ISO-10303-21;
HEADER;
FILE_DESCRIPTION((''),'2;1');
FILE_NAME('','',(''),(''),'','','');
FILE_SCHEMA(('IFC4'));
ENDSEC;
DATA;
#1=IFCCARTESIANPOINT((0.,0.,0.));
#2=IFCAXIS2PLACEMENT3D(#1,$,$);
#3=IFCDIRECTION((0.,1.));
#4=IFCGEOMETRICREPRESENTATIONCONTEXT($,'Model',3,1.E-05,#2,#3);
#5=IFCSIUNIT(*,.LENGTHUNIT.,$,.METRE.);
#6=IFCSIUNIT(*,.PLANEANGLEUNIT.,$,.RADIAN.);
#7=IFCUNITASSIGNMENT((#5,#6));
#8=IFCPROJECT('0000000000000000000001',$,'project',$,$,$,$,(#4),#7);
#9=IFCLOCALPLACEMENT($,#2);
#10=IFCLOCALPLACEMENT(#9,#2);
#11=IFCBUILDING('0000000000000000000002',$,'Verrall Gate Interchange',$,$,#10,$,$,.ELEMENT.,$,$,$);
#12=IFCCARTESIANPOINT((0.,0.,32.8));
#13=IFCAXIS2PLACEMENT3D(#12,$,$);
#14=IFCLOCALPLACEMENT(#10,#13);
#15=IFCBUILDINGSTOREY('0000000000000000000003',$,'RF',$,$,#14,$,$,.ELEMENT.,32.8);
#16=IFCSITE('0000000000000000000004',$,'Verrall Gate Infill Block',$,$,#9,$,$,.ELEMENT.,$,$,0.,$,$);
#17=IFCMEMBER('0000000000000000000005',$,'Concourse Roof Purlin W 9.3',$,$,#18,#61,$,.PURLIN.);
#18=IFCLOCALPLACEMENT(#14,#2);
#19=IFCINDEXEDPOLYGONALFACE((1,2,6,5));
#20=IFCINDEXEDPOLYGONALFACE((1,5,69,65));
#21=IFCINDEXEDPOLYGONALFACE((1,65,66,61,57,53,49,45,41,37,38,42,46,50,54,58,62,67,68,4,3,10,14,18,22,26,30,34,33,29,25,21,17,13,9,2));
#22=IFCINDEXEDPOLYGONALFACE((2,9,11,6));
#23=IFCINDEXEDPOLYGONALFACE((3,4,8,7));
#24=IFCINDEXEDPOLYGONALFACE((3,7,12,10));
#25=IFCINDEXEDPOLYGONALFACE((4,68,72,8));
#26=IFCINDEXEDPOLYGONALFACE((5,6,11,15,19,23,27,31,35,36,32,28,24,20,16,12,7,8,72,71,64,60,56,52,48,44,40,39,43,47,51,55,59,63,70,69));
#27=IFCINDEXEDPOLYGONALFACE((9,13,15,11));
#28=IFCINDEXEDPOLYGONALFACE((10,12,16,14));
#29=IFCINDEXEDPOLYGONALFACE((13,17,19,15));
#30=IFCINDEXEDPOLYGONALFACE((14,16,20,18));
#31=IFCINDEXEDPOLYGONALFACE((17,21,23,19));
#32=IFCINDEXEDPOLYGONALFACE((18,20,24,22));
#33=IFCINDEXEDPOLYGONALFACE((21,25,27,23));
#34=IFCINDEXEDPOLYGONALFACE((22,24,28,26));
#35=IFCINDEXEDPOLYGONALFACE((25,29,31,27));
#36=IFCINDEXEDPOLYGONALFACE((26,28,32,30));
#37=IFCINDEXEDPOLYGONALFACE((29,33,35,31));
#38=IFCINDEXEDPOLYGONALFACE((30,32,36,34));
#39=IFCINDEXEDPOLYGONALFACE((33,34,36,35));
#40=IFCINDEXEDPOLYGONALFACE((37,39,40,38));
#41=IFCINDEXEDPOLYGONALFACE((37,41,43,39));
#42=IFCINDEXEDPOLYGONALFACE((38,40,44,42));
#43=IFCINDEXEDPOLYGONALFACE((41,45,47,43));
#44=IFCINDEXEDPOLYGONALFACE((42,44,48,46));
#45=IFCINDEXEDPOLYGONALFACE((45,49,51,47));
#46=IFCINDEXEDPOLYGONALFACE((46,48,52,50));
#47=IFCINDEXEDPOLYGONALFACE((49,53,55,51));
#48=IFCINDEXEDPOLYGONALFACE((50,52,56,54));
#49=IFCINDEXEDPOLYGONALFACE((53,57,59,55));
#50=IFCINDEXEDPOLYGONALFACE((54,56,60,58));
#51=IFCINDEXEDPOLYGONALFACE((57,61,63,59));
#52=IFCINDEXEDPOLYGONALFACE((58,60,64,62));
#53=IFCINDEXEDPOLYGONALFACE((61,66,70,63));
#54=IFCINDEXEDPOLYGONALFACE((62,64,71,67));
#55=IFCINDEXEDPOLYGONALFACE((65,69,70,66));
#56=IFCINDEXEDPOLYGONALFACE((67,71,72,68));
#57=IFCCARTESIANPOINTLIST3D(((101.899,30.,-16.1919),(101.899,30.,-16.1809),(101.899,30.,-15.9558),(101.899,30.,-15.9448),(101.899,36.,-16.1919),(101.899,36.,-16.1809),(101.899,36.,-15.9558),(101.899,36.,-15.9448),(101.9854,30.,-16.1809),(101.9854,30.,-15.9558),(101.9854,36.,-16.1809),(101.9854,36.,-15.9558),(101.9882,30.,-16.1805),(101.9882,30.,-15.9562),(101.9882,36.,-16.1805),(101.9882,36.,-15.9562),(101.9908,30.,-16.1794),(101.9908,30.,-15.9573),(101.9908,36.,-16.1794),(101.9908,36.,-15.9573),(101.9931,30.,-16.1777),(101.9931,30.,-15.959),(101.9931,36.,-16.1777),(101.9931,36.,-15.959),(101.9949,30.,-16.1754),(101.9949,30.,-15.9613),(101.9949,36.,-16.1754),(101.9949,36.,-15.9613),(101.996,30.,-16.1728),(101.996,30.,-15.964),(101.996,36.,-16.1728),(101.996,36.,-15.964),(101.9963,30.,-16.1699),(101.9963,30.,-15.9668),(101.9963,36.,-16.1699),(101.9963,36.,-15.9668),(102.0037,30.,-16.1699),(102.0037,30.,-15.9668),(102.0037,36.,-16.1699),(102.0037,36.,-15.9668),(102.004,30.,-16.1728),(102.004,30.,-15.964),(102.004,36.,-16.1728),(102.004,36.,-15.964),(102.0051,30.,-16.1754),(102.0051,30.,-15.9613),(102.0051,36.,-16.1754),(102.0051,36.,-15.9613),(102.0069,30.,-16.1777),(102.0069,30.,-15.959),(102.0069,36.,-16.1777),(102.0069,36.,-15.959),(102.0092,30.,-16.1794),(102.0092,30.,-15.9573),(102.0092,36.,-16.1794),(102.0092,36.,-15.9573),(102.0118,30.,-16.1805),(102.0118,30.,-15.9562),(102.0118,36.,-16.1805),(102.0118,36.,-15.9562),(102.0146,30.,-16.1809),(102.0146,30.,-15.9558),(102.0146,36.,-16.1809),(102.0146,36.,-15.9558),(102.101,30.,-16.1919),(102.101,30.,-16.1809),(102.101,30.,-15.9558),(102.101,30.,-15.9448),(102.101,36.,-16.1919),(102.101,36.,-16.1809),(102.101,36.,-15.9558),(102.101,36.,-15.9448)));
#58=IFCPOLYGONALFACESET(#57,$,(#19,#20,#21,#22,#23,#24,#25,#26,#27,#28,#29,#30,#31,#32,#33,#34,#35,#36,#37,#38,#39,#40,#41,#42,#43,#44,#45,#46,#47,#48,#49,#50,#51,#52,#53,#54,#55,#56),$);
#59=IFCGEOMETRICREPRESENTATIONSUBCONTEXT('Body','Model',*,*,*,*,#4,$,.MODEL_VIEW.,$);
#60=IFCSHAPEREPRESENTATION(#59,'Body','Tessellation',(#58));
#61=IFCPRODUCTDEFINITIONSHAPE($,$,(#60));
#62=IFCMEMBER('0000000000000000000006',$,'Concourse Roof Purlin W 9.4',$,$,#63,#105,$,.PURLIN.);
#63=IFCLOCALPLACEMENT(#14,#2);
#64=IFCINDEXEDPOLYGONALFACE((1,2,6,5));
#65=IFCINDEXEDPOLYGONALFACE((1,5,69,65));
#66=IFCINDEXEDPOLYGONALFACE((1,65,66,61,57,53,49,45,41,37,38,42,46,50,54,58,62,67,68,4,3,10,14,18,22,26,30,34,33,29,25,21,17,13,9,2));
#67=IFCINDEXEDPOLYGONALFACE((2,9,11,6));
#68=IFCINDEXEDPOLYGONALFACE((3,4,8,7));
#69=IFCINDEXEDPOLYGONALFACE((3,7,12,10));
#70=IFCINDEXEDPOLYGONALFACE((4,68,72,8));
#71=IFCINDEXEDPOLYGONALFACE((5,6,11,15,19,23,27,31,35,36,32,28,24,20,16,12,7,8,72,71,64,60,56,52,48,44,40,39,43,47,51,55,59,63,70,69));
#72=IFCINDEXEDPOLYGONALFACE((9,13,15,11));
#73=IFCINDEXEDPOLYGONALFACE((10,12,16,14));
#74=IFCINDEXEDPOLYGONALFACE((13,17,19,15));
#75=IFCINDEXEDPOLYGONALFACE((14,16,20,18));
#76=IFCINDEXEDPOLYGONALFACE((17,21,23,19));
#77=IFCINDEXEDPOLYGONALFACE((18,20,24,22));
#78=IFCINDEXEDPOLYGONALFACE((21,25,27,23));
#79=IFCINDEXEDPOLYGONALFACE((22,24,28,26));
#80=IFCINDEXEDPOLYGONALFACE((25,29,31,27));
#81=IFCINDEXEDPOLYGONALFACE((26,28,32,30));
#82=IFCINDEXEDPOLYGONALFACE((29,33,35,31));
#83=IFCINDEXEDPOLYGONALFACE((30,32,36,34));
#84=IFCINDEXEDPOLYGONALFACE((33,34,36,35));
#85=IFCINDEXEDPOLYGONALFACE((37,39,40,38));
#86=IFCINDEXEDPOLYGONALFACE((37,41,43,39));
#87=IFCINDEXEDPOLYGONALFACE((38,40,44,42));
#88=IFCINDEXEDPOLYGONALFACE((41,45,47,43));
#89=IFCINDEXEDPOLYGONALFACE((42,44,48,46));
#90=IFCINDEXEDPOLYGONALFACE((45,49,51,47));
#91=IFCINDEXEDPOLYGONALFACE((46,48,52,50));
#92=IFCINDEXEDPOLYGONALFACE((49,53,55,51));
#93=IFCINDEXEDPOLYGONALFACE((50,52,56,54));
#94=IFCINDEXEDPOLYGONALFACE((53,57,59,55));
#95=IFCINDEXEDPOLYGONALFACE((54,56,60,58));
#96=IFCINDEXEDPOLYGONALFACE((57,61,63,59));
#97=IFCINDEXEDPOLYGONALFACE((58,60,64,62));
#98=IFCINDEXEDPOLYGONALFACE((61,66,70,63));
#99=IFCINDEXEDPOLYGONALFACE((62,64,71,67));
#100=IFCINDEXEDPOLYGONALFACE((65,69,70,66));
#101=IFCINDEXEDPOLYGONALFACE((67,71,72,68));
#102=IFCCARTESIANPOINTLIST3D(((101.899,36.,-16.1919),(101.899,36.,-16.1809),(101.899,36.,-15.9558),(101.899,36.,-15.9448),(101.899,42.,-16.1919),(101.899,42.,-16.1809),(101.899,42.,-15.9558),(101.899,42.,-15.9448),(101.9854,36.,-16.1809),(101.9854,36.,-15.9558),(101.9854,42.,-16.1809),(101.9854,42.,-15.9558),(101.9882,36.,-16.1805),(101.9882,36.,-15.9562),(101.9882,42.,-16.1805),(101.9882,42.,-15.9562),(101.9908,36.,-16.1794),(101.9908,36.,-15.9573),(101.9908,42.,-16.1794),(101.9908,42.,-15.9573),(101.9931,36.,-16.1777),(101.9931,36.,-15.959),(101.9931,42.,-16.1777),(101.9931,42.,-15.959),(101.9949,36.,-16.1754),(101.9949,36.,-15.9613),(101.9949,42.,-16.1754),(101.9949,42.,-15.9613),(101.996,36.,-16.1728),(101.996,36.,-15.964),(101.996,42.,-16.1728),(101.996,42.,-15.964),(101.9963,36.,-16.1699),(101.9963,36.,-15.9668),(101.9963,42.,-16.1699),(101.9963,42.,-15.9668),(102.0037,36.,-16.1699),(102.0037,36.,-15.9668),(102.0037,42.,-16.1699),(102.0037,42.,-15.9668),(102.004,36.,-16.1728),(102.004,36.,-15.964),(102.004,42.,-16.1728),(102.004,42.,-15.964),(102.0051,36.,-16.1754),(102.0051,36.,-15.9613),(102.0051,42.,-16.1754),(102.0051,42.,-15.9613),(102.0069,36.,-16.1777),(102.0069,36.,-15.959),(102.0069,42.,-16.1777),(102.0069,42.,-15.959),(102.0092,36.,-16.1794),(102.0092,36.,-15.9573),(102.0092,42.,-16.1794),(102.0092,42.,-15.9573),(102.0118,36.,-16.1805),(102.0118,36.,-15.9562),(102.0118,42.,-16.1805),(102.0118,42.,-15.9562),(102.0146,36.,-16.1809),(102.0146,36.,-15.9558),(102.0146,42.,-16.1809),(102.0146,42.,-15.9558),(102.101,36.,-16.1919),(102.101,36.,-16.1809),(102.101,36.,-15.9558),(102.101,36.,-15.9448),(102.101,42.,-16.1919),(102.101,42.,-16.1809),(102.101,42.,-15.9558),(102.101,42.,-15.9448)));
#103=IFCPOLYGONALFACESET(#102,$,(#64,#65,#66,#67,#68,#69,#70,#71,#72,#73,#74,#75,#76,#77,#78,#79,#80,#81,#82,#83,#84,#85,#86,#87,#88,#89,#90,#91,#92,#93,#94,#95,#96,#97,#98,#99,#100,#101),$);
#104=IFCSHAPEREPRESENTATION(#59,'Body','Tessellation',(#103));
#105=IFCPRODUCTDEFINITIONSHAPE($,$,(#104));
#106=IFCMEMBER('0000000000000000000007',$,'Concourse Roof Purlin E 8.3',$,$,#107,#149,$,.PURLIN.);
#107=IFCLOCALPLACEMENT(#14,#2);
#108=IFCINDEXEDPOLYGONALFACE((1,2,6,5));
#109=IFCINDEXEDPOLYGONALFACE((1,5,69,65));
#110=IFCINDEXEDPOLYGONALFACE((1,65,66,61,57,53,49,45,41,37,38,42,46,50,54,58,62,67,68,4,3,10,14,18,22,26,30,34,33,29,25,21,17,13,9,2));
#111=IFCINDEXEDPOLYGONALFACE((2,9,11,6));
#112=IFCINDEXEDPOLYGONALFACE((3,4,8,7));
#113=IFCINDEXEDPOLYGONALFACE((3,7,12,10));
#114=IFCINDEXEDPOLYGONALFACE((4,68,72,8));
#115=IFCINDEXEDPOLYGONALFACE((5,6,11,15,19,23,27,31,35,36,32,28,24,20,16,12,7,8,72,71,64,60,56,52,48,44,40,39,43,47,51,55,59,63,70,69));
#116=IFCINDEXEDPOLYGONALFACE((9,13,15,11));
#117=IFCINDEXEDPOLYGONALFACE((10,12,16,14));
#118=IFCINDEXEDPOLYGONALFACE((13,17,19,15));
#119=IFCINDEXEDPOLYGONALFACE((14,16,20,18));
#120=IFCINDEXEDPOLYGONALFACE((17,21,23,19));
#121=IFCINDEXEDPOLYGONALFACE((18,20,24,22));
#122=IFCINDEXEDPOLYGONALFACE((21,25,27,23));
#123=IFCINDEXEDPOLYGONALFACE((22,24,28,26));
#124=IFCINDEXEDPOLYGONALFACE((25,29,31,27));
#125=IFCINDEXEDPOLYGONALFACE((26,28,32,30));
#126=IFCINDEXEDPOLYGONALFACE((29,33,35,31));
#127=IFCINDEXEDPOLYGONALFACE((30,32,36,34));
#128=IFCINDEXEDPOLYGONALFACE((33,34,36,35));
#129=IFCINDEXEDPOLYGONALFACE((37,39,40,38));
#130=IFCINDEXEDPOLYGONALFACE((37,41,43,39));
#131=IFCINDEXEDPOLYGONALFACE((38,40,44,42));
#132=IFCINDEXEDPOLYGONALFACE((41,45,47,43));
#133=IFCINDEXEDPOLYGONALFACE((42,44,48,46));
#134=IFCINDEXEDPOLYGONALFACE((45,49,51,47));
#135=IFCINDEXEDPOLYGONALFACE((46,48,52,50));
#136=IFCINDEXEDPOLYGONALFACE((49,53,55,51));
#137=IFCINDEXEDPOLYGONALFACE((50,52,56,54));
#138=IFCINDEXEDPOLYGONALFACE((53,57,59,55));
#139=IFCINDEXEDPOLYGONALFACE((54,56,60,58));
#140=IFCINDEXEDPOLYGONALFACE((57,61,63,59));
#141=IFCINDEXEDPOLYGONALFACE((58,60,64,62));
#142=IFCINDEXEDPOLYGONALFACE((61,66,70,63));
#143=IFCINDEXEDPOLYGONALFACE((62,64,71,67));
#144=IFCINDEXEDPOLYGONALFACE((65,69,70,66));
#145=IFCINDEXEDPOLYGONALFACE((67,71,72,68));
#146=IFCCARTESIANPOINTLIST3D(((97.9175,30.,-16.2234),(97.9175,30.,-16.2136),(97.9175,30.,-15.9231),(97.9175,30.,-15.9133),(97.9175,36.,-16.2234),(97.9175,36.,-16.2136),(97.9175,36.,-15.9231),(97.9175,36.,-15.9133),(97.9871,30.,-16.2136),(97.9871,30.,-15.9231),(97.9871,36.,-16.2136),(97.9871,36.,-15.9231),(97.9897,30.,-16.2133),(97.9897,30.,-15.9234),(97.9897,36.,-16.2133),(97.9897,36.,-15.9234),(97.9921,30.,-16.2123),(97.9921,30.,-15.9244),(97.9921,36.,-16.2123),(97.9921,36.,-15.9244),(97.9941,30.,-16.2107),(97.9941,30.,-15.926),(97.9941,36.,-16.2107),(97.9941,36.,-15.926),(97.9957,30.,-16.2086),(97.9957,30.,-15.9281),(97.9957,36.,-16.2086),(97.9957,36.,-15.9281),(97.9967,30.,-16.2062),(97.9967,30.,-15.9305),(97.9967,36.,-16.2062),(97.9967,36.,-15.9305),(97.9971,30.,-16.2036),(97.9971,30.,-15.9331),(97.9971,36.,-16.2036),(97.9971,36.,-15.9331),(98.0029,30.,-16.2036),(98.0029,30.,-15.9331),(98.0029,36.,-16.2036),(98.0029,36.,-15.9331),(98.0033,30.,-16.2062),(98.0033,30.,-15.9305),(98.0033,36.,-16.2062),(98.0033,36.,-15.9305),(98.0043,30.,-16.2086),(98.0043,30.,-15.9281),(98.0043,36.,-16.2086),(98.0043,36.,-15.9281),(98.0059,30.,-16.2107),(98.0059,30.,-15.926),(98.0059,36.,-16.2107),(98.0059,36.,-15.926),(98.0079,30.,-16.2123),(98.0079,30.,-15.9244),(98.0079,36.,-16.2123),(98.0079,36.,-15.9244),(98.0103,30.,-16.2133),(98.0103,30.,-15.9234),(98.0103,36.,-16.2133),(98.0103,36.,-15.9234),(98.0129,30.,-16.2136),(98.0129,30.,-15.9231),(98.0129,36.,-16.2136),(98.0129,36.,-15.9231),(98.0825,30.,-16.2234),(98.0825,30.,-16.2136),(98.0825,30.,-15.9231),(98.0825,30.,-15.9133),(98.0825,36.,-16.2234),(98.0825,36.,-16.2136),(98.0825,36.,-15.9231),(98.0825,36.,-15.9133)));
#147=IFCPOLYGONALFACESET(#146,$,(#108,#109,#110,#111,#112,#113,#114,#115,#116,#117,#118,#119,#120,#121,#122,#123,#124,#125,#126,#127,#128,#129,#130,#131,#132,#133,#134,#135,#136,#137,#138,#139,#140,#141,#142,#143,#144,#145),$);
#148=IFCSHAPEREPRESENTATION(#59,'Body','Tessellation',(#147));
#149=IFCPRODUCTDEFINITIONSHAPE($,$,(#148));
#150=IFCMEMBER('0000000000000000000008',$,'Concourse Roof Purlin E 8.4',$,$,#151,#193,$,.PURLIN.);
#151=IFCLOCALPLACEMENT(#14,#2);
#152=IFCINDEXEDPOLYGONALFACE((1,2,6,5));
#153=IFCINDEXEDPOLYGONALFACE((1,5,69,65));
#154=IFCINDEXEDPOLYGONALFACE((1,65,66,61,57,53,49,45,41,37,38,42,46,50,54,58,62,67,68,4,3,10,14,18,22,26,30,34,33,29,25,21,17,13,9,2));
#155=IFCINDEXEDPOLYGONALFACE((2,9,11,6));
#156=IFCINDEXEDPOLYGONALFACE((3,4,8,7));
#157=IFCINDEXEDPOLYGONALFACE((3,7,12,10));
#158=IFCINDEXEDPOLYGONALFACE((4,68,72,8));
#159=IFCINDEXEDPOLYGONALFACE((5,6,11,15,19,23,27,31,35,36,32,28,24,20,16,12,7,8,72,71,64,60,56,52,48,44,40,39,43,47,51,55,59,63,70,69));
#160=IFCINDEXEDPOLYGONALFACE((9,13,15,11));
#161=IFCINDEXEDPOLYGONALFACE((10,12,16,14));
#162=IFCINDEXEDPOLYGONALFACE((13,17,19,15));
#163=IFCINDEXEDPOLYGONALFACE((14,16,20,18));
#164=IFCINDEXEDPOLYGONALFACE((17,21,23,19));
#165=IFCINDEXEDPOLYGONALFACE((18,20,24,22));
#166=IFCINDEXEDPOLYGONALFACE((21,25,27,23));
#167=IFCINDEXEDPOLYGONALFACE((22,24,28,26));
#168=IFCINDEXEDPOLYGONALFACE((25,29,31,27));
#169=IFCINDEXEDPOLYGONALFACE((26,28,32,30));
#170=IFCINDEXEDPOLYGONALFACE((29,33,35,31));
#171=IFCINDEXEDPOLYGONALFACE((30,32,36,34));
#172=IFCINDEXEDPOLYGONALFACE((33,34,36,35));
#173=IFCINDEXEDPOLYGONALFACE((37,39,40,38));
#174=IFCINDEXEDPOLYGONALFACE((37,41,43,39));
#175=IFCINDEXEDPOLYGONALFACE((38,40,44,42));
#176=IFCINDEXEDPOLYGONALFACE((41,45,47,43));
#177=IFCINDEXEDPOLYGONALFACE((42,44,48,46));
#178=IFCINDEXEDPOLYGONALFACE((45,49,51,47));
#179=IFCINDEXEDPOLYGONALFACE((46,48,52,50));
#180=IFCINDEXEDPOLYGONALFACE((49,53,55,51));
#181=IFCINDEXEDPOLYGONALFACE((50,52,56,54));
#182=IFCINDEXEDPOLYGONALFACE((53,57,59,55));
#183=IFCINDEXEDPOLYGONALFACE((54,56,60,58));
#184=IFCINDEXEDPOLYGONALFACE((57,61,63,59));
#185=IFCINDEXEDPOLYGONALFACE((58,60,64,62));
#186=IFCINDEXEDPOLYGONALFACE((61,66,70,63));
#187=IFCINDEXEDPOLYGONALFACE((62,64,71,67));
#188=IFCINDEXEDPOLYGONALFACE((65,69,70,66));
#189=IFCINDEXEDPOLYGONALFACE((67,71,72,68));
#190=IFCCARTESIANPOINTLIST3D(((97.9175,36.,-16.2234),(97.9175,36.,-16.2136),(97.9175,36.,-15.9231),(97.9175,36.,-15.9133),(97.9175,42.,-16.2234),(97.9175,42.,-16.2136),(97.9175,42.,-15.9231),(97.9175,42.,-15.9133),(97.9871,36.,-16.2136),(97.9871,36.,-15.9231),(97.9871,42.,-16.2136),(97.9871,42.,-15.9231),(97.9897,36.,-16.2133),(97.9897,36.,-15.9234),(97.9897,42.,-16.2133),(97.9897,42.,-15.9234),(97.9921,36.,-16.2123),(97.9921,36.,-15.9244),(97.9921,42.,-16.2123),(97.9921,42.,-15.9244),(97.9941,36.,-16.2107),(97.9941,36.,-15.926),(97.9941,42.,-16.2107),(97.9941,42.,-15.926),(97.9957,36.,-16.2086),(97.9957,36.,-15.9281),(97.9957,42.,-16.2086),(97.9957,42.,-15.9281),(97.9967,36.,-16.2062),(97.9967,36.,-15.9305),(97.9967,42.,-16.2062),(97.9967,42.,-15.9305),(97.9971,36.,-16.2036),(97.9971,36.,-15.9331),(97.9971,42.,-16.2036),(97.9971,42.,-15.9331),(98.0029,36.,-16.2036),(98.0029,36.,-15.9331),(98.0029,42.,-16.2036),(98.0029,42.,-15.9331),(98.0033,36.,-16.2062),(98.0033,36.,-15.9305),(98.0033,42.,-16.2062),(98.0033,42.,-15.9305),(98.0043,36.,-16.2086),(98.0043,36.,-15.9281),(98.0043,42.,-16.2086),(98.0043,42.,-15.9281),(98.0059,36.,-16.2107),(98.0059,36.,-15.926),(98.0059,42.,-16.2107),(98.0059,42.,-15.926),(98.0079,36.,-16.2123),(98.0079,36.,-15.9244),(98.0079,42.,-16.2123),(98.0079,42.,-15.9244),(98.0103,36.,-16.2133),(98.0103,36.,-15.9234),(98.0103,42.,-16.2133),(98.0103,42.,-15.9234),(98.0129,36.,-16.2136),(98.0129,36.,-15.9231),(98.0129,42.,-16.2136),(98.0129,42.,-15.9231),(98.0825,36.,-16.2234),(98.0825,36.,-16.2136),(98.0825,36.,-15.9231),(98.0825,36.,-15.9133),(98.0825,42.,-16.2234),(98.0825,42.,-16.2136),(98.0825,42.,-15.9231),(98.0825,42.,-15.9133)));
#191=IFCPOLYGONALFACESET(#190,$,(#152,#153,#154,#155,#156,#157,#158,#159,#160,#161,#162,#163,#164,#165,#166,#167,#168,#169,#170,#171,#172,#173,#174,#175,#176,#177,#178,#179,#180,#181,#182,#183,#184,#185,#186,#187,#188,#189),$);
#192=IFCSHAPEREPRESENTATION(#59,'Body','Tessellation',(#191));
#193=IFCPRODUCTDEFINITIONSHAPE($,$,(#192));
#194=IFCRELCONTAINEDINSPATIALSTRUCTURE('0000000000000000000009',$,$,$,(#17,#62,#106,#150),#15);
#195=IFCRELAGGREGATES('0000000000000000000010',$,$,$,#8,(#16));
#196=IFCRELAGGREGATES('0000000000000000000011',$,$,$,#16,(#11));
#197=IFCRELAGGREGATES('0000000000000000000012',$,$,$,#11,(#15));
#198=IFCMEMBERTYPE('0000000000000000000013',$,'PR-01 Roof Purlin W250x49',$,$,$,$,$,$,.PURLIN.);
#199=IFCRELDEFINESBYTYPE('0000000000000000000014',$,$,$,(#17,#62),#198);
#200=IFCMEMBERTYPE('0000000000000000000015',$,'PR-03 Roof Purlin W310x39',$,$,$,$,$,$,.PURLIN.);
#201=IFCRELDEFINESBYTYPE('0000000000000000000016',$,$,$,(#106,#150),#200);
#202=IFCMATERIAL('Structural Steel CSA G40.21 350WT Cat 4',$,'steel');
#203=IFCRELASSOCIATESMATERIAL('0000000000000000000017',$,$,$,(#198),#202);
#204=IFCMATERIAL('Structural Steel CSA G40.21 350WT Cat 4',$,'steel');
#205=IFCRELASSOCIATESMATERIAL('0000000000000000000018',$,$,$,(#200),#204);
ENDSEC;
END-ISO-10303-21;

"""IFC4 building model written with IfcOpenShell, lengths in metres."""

from ifc_helpers import new_model, si_unit, direction, frame, origin, origin_2d, place, context, subcontext, project, spatial, i_section, extrude, material, material_profile, profile_set, type_object, element, save


model = new_model("IFC4")

# Units and contexts
model_context = context("Model", 3, precision=1e-05, world=origin(), true_north=direction((0.0, 1.0)))
body_context = subcontext(model_context, "Body", "Model", "MODEL_VIEW")
ifc_project = project(units=[si_unit("LENGTHUNIT", "METRE"), si_unit("PLANEANGLEUNIT", "RADIAN")], contexts=[model_context])

# Site, building, storey
site_placement = place(None, origin())
site = spatial("IfcSite", under=ifc_project, at=site_placement, Name="Verrall Gate Infill Block", CompositionType="ELEMENT", RefElevation=0.0)
building_placement = place(site_placement, origin())
building = spatial("IfcBuilding", under=site, at=building_placement, Name="Verrall Gate Interchange", CompositionType="ELEMENT")
storey_placement = place(building_placement, frame((0.0, 0.0, 32.8)))
storey = spatial("IfcBuildingStorey", under=building, at=storey_placement, Name="RF", CompositionType="ELEMENT", Elevation=32.8)

# Members
ifc_material_1 = material(Name="Structural Steel CSA G40.21 350WT Cat 4", Category="steel")
ifc_material_profile_1 = material_profile(ifc_material_1, i_section(OverallWidth=0.2019, OverallDepth=0.2471, WebThickness=0.0073, FlangeThickness=0.011, FilletRadius=0.011, at=origin_2d()), Name="W250x49")
ifc_profile_set_1 = profile_set([ifc_material_profile_1], Name="Structural Steel CSA G40.21 350WT Cat 4")
member_type_1 = type_object("IfcMemberType", Name="PR-01 Roof Purlin W250x49", PredefinedType="PURLIN", material=ifc_profile_set_1)
for number, where, z_axis, x_axis, name in (
    (1, (102.0, 30.0, -16.0684), (0.0, 1.0, 0.0), (-1.0, 0.0, 0.0), "Concourse Roof Purlin W 9.3"),
    (2, (102.0, 36.0, -16.0684), (0.0, 1.0, 0.0), (-1.0, 0.0, 0.0), "Concourse Roof Purlin W 9.4"),
):
    element("IfcMember", number, at=place(storey_placement, frame(where, z_axis=z_axis, x_axis=x_axis)), inside=storey, type_object=member_type_1, Name=name, PredefinedType="PURLIN", context=body_context, shape_type="SweptSolid", body=[
        extrude(i_section(OverallWidth=0.2019, OverallDepth=0.2471, WebThickness=0.0073, FlangeThickness=0.011, FilletRadius=0.011, at=origin_2d()), origin(), (0.0, 0.0, 1.0), 6.0),
    ])
ifc_material_2 = material(Name="Structural Steel CSA G40.21 350WT Cat 4", Category="steel")
ifc_material_profile_2 = material_profile(ifc_material_2, i_section(OverallWidth=0.165, OverallDepth=0.3101, WebThickness=0.0059, FlangeThickness=0.0098, FilletRadius=0.01, at=origin_2d()), Name="W310x39")
ifc_profile_set_2 = profile_set([ifc_material_profile_2], Name="Structural Steel CSA G40.21 350WT Cat 4")
member_type_2 = type_object("IfcMemberType", Name="PR-03 Roof Purlin W310x39", PredefinedType="PURLIN", material=ifc_profile_set_2)
for number, where, z_axis, x_axis, name in (
    (3, (98.0, 30.0, -16.0684), (0.0, 1.0, 0.0), (-1.0, 0.0, 0.0), "Concourse Roof Purlin E 8.3"),
    (4, (98.0, 36.0, -16.0684), (0.0, 1.0, 0.0), (-1.0, 0.0, 0.0), "Concourse Roof Purlin E 8.4"),
):
    element("IfcMember", number, at=place(storey_placement, frame(where, z_axis=z_axis, x_axis=x_axis)), inside=storey, type_object=member_type_2, Name=name, PredefinedType="PURLIN", context=body_context, shape_type="SweptSolid", body=[
        extrude(i_section(OverallWidth=0.165, OverallDepth=0.3101, WebThickness=0.0059, FlangeThickness=0.0098, FilletRadius=0.01, at=origin_2d()), origin(), (0.0, 0.0, 1.0), 6.0),
    ])

save(model, "model.ifc")
